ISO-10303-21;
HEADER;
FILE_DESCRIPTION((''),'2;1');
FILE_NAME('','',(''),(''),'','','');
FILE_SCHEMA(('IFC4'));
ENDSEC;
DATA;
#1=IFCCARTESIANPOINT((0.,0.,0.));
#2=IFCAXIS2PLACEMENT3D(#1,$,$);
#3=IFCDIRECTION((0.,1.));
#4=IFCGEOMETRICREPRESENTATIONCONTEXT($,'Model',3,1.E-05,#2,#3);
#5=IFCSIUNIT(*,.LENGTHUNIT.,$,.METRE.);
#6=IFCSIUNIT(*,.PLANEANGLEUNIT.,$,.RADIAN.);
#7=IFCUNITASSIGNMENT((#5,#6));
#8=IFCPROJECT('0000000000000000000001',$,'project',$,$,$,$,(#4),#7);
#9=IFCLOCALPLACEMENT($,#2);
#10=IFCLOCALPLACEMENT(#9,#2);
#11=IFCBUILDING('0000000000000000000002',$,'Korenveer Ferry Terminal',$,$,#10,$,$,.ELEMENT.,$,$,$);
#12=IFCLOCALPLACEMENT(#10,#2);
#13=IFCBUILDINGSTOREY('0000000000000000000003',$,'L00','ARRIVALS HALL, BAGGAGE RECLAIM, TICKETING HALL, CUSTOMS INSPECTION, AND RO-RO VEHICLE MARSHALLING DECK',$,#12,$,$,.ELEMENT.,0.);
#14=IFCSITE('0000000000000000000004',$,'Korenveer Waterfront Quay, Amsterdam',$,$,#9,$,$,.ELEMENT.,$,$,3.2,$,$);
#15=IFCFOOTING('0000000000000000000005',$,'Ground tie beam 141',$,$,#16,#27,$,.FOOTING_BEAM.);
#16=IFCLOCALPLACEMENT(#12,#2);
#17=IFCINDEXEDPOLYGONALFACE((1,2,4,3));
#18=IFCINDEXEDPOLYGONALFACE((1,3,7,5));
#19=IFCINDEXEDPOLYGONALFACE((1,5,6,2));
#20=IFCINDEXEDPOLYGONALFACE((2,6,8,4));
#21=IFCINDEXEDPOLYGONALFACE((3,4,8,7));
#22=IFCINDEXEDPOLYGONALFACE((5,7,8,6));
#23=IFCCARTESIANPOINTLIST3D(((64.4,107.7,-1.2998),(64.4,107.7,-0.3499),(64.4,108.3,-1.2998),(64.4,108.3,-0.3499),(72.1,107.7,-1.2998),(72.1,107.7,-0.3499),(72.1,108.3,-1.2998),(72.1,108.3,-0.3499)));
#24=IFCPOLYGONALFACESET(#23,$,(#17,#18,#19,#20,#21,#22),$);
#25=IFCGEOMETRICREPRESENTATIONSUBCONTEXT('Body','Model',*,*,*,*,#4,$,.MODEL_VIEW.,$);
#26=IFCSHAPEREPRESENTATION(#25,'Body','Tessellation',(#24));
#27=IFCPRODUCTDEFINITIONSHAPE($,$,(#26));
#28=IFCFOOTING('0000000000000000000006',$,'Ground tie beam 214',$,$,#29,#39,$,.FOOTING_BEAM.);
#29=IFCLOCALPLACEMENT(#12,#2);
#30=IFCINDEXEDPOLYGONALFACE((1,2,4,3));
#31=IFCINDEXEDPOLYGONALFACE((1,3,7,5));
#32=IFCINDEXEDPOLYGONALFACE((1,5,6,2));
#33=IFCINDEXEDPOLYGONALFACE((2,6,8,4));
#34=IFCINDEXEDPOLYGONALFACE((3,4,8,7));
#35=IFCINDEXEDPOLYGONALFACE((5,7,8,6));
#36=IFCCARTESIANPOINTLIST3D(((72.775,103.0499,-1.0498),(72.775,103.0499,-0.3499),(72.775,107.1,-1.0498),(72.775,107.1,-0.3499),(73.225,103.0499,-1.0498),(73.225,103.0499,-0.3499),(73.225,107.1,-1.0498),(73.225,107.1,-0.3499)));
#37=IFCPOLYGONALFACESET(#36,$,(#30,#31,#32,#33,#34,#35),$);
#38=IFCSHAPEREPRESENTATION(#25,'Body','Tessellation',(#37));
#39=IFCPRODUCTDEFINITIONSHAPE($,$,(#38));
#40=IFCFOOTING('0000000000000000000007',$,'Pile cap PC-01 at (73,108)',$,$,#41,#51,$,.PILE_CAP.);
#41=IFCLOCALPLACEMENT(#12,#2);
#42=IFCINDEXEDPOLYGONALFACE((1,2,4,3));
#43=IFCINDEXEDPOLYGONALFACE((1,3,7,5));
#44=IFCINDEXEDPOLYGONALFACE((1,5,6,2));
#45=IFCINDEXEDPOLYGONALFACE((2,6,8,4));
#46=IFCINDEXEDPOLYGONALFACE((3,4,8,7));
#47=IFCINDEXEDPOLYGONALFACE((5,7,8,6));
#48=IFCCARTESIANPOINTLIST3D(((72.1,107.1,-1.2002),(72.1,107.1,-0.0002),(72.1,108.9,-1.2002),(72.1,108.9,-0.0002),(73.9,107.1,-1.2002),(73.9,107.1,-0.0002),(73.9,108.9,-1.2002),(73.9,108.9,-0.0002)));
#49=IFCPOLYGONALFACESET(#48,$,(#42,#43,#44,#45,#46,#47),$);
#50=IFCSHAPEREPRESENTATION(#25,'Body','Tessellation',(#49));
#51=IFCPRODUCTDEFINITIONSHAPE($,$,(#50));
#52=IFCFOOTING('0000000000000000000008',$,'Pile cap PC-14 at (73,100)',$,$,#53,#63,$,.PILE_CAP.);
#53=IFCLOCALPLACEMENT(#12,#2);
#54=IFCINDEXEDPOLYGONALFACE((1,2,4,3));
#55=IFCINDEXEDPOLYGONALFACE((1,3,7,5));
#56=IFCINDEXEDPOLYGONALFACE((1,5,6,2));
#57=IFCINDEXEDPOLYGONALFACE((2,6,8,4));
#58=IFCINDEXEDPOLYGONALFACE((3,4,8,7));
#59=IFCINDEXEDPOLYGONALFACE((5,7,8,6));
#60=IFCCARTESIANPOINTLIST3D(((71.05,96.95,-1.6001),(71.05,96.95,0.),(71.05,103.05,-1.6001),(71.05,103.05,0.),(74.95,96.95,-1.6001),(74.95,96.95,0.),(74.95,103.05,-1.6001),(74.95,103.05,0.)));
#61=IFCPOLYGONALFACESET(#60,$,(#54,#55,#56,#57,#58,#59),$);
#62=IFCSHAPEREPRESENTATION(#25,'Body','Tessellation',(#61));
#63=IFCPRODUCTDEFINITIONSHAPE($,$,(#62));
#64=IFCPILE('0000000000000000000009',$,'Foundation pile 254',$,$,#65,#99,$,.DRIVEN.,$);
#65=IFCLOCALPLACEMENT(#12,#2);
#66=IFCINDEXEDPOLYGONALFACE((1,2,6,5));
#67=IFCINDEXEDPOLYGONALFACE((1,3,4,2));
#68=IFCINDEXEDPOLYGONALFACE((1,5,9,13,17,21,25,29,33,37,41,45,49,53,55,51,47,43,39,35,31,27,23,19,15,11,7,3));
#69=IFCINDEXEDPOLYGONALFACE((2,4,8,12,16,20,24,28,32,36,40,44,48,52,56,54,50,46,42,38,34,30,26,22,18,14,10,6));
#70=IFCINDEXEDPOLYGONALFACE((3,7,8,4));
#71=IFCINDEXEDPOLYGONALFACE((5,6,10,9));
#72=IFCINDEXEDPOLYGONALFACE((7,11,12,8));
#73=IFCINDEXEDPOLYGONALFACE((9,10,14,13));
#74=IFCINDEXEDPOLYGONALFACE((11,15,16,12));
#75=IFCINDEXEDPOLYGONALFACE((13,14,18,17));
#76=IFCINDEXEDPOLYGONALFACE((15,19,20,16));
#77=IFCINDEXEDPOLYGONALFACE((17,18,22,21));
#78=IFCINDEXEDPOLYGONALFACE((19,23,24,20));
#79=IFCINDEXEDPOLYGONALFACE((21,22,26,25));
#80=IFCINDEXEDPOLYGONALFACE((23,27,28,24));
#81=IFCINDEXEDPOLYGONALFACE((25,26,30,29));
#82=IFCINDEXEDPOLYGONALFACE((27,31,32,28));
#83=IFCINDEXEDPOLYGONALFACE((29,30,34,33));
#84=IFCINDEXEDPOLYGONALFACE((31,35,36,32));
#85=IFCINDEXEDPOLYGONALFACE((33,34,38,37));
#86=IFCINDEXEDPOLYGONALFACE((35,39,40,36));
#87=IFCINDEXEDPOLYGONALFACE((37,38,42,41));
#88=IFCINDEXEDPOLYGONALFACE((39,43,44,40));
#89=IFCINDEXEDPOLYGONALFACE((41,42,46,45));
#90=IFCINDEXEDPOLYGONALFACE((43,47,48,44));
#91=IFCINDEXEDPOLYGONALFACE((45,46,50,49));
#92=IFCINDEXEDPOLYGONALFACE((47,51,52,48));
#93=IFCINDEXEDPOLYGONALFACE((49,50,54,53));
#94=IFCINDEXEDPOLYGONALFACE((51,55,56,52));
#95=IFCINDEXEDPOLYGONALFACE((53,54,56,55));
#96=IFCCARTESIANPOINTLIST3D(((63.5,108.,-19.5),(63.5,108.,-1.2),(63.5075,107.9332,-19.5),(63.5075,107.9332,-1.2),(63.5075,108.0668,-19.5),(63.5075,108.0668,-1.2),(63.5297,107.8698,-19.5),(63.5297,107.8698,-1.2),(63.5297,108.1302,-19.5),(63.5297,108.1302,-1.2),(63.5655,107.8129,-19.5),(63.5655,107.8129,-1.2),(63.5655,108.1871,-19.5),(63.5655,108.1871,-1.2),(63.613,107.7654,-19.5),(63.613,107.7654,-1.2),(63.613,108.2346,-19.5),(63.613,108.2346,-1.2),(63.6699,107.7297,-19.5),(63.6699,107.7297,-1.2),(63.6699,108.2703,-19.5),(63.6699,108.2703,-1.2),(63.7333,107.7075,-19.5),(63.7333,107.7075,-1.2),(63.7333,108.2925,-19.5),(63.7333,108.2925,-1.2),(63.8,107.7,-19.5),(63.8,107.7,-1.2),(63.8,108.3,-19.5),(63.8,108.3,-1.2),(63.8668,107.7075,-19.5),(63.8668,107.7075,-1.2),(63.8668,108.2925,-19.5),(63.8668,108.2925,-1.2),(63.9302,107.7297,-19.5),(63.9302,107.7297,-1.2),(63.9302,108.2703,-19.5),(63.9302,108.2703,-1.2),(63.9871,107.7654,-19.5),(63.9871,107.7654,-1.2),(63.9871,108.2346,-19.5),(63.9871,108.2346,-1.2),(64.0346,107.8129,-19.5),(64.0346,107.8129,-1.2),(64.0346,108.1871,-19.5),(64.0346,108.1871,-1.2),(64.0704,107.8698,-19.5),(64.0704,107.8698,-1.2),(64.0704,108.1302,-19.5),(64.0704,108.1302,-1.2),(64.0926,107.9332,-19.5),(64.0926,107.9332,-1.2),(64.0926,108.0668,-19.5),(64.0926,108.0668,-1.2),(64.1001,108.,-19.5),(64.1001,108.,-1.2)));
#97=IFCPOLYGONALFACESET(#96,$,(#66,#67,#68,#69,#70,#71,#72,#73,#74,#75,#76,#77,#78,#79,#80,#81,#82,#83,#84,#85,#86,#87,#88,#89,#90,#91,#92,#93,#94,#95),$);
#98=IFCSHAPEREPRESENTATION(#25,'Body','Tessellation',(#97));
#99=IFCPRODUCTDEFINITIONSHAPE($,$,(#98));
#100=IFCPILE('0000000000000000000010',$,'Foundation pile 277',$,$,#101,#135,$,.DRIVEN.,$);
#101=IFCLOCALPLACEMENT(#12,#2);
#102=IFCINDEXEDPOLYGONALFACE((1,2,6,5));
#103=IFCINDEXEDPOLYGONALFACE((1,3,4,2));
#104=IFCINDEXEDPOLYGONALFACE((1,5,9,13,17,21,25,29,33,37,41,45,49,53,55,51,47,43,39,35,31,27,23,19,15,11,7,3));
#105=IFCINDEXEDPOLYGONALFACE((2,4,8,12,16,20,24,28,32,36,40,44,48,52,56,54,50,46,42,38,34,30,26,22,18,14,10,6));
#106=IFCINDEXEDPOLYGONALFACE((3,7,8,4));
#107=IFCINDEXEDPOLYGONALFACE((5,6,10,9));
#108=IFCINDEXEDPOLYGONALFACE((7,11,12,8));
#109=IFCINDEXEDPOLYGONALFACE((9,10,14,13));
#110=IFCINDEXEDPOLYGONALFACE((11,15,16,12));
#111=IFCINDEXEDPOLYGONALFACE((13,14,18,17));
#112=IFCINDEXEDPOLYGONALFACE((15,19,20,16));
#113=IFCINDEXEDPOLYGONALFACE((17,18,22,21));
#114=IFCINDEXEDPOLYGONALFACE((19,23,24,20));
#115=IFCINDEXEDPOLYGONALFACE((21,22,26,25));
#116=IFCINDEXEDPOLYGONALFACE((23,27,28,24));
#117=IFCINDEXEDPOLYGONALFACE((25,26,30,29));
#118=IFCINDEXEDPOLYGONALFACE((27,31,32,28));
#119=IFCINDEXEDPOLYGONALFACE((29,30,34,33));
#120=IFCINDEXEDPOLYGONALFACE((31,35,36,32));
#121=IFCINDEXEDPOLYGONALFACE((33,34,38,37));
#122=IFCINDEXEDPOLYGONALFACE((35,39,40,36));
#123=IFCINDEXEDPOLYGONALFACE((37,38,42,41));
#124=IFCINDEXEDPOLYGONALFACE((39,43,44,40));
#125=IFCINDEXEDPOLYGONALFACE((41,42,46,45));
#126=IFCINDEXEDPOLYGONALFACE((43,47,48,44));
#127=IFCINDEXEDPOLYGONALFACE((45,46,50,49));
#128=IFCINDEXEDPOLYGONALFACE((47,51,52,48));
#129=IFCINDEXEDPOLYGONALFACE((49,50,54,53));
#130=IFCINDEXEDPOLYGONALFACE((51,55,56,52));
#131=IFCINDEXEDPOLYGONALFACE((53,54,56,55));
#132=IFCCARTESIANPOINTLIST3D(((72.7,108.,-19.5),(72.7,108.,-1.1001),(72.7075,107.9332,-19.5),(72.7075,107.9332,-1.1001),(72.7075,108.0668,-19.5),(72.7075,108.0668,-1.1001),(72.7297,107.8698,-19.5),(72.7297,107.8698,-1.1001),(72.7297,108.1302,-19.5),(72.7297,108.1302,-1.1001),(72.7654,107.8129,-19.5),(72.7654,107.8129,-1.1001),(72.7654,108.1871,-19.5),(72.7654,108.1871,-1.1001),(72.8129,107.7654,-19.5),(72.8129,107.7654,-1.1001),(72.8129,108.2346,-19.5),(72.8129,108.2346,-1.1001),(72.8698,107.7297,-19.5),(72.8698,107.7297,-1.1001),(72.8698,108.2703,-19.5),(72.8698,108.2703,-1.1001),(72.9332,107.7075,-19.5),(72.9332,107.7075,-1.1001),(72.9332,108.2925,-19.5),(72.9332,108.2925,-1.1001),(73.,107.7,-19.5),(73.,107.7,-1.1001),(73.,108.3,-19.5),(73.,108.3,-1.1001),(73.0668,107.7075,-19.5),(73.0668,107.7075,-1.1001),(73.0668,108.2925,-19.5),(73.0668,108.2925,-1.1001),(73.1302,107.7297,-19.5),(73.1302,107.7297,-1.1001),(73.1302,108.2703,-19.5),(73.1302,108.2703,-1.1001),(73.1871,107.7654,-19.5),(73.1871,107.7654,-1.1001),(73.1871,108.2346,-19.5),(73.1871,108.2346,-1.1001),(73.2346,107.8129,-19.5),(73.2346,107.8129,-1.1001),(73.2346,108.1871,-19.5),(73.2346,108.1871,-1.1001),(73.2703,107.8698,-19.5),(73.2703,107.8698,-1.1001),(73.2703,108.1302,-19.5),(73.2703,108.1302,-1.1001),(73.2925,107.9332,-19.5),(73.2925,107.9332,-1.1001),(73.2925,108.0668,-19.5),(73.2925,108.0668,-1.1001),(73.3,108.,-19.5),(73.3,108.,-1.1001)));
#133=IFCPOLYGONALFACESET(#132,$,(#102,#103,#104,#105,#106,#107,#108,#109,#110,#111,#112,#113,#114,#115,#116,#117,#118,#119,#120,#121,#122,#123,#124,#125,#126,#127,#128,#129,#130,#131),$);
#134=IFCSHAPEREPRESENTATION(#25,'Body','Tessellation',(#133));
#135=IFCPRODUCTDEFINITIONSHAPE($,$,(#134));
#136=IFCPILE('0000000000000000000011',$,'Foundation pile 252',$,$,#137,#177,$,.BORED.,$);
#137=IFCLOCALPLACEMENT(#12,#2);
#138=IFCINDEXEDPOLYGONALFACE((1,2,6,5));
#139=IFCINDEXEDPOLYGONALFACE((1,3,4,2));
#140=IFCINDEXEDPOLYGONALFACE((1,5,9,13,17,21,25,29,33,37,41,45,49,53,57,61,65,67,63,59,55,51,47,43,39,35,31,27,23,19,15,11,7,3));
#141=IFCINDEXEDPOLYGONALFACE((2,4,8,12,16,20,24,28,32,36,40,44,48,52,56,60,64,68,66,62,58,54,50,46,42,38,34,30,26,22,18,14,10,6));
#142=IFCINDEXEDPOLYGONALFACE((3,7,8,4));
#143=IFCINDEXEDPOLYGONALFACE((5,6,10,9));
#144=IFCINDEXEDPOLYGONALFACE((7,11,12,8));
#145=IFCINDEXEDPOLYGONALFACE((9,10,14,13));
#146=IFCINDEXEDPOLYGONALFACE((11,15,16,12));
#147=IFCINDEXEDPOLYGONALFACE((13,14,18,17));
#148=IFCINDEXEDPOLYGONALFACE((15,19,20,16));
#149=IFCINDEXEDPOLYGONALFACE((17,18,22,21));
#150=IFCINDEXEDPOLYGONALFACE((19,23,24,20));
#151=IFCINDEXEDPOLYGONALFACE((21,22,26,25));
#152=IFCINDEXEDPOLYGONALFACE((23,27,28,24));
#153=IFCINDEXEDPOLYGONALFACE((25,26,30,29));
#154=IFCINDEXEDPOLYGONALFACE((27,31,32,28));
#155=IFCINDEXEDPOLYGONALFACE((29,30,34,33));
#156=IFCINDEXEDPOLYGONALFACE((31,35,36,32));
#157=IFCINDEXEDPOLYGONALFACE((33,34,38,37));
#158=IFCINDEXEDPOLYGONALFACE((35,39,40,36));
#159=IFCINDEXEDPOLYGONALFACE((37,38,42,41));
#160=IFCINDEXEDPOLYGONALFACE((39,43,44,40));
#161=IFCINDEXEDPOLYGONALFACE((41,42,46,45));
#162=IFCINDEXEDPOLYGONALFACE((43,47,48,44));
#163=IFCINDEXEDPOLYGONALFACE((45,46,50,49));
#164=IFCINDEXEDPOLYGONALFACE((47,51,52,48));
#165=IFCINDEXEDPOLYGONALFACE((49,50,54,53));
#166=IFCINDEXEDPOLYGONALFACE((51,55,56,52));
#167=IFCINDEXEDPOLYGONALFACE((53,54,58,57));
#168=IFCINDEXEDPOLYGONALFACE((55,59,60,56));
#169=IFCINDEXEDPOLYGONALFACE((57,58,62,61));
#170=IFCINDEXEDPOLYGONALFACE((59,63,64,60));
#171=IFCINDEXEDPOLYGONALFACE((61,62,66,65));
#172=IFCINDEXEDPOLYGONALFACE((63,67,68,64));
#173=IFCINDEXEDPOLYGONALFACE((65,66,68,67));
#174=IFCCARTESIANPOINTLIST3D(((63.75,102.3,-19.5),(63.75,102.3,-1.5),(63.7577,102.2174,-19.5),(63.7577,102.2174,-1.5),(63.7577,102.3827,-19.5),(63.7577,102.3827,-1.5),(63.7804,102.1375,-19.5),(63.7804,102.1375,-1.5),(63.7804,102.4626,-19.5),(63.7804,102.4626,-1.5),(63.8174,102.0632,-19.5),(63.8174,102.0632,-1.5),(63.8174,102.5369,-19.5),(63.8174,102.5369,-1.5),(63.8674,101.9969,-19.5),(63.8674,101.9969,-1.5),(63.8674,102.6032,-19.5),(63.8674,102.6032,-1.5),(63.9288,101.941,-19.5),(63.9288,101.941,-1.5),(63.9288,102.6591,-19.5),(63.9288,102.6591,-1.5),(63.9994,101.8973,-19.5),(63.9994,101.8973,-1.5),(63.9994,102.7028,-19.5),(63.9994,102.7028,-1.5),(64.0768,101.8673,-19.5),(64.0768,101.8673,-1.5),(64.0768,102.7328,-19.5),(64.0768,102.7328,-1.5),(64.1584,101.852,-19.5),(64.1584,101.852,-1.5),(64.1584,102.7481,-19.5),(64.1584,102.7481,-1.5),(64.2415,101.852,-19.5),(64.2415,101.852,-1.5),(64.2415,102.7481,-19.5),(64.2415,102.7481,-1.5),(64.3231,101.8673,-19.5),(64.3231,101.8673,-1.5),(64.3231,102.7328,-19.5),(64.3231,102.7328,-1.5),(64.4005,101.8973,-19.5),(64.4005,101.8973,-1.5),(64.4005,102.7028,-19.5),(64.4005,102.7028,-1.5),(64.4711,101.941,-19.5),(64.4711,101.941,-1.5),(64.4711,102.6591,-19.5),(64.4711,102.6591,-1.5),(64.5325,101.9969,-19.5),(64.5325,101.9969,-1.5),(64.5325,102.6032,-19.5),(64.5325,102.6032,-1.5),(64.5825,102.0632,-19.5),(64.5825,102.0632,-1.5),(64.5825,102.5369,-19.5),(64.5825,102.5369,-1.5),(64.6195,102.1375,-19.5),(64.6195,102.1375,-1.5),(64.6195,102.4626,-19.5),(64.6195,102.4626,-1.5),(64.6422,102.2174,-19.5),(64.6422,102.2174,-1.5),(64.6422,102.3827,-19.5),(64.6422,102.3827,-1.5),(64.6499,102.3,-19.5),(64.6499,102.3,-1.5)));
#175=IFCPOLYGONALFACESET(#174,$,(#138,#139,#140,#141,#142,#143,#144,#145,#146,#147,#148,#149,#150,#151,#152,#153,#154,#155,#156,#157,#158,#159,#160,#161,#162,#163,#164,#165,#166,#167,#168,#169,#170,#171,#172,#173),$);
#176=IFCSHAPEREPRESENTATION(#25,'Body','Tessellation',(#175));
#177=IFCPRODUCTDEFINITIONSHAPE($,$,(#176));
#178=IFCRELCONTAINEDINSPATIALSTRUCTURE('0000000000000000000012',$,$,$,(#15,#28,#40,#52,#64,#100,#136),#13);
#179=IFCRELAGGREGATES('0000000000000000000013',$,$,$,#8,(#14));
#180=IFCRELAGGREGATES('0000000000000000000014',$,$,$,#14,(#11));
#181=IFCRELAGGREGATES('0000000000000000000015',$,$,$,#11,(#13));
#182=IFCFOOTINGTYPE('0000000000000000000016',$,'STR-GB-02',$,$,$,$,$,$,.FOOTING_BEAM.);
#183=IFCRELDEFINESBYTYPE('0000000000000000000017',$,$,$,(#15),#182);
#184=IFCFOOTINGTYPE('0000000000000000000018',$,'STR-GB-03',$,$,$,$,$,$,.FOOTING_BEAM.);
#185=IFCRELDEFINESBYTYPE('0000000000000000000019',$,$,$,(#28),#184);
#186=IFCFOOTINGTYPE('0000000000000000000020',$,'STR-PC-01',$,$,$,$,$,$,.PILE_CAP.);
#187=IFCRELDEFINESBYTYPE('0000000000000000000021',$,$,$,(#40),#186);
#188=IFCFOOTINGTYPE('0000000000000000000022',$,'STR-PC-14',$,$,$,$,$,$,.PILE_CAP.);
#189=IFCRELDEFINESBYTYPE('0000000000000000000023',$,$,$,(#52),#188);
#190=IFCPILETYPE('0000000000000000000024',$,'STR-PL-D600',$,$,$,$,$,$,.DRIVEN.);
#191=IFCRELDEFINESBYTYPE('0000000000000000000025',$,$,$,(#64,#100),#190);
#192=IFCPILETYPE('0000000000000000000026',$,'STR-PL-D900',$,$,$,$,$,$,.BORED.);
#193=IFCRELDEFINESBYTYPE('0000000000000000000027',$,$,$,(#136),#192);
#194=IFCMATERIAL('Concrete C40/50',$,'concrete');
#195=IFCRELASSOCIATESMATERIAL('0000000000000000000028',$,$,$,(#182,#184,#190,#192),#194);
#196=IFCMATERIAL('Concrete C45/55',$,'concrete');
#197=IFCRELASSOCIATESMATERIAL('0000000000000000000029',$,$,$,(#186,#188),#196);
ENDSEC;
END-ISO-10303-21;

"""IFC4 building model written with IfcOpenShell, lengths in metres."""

from ifc_helpers import new_model, si_unit, direction, frame, origin, origin_2d, place, context, subcontext, project, spatial, rectangle, circle, extrude, material, material_profile, profile_set, type_object, element, save


model = new_model("IFC4")

# Units and contexts
model_context = context("Model", 3, precision=1e-05, world=origin(), true_north=direction((0.0, 1.0)))
body_context = subcontext(model_context, "Body", "Model", "MODEL_VIEW")
ifc_project = project(units=[si_unit("LENGTHUNIT", "METRE"), si_unit("PLANEANGLEUNIT", "RADIAN")], contexts=[model_context])

# Site, building, storey
site_placement = place(None, origin())
site = spatial("IfcSite", under=ifc_project, at=site_placement, Name="Korenveer Waterfront Quay, Amsterdam", CompositionType="ELEMENT", RefElevation=3.2)
building_placement = place(site_placement, origin())
building = spatial("IfcBuilding", under=site, at=building_placement, Name="Korenveer Ferry Terminal", CompositionType="ELEMENT")
storey_placement = place(building_placement, origin())
storey = spatial("IfcBuildingStorey", under=building, at=storey_placement, Name="L00", Description="ARRIVALS HALL, BAGGAGE RECLAIM, TICKETING HALL, CUSTOMS INSPECTION, AND RO-RO VEHICLE MARSHALLING DECK", CompositionType="ELEMENT", Elevation=0.0)

# Footings
ifc_material_1 = material(Name="Concrete C40/50", Category="concrete")
footing_type_1 = type_object("IfcFootingType", Name="STR-GB-02", PredefinedType="FOOTING_BEAM", material=ifc_material_1)
footing_1_placement = place(storey_placement, frame((68.25, 108.0, -1.2998), z_axis=(0.0, 0.0, 1.0), x_axis=(1.0, 0.0, 0.0)))
element("IfcFooting", 1, at=footing_1_placement, inside=storey, type_object=footing_type_1, Name="Ground tie beam 141", PredefinedType="FOOTING_BEAM", context=body_context, shape_type="SweptSolid", body=[
    extrude(rectangle(XDim=7.7, YDim=0.6001, at=origin_2d()), origin(), (0.0, 0.0, 1.0), 0.95),
])
footing_type_2 = type_object("IfcFootingType", Name="STR-GB-03", PredefinedType="FOOTING_BEAM", material=ifc_material_1)
footing_2_placement = place(storey_placement, frame((73.0, 105.075, -1.0498), z_axis=(0.0, 0.0, 1.0), x_axis=(1.0, 0.0, 0.0)))
element("IfcFooting", 2, at=footing_2_placement, inside=storey, type_object=footing_type_2, Name="Ground tie beam 214", PredefinedType="FOOTING_BEAM", context=body_context, shape_type="SweptSolid", body=[
    extrude(rectangle(XDim=0.45, YDim=4.05, at=origin_2d()), origin(), (0.0, 0.0, 1.0), 0.7),
])
ifc_material_2 = material(Name="Concrete C45/55", Category="concrete")
footing_type_3 = type_object("IfcFootingType", Name="STR-PC-01", PredefinedType="PILE_CAP", material=ifc_material_2)
footing_3_placement = place(storey_placement, frame((73.0, 108.0, -1.2002), z_axis=(0.0, 0.0, 1.0), x_axis=(1.0, 0.0, 0.0)))
element("IfcFooting", 3, at=footing_3_placement, inside=storey, type_object=footing_type_3, Name="Pile cap PC-01 at (73,108)", PredefinedType="PILE_CAP", context=body_context, shape_type="SweptSolid", body=[
    extrude(rectangle(XDim=1.8, YDim=1.8, at=origin_2d()), origin(), (0.0, 0.0, 1.0), 1.2),
])
footing_type_4 = type_object("IfcFootingType", Name="STR-PC-14", PredefinedType="PILE_CAP", material=ifc_material_2)
footing_4_placement = place(storey_placement, frame((73.0, 100.0, -1.6001), z_axis=(0.0, 0.0, 1.0), x_axis=(1.0, 0.0, 0.0)))
element("IfcFooting", 4, at=footing_4_placement, inside=storey, type_object=footing_type_4, Name="Pile cap PC-14 at (73,100)", PredefinedType="PILE_CAP", context=body_context, shape_type="SweptSolid", body=[
    extrude(rectangle(XDim=3.8999, YDim=6.1001, at=origin_2d()), origin(), (0.0, 0.0, 1.0), 1.6001),
])

# Piles
ifc_material_profile_1 = material_profile(ifc_material_1, circle(Radius=0.3, at=origin_2d()), Name="PILE D600")
ifc_profile_set_1 = profile_set([ifc_material_profile_1], Name="Concrete C40/50")
pile_type_1 = type_object("IfcPileType", Name="STR-PL-D600", PredefinedType="DRIVEN", material=ifc_profile_set_1)
pile_1_placement = place(storey_placement, frame((63.8, 108.0, -1.2), z_axis=(0.0, 0.0, -1.0), x_axis=(1.0, 0.0, 0.0)))
element("IfcPile", 5, at=pile_1_placement, inside=storey, type_object=pile_type_1, Name="Foundation pile 254", PredefinedType="DRIVEN", context=body_context, shape_type="SweptSolid", body=[
    extrude(circle(Radius=0.3, at=origin_2d()), origin(), (0.0, 0.0, 1.0), 18.3),
])
pile_2_placement = place(storey_placement, frame((73.0, 108.0, -1.1001), z_axis=(0.0, 0.0, -1.0), x_axis=(1.0, 0.0, 0.0)))
element("IfcPile", 6, at=pile_2_placement, inside=storey, type_object=pile_type_1, Name="Foundation pile 277", PredefinedType="DRIVEN", context=body_context, shape_type="SweptSolid", body=[
    extrude(circle(Radius=0.3, at=origin_2d()), origin(), (0.0, 0.0, 1.0), 18.3999),
])
ifc_material_profile_2 = material_profile(ifc_material_1, circle(Radius=0.45, at=origin_2d()), Name="PILE D900")
ifc_profile_set_2 = profile_set([ifc_material_profile_2], Name="Concrete C40/50")
pile_type_2 = type_object("IfcPileType", Name="STR-PL-D900", PredefinedType="BORED", material=ifc_profile_set_2)
for number, where, z_axis, x_axis, name in (
    (7, (64.2, 102.3, -1.5), (0.0, 0.0, -1.0), (1.0, 0.0, 0.0), "Foundation pile 252"),
):
    element("IfcPile", number, at=place(storey_placement, frame(where, z_axis=z_axis, x_axis=x_axis)), inside=storey, type_object=pile_type_2, Name=name, PredefinedType="BORED", context=body_context, shape_type="SweptSolid", body=[
        extrude(circle(Radius=0.45, at=origin_2d()), origin(), (0.0, 0.0, 1.0), 18.0),
    ])

save(model, "model.ifc")
